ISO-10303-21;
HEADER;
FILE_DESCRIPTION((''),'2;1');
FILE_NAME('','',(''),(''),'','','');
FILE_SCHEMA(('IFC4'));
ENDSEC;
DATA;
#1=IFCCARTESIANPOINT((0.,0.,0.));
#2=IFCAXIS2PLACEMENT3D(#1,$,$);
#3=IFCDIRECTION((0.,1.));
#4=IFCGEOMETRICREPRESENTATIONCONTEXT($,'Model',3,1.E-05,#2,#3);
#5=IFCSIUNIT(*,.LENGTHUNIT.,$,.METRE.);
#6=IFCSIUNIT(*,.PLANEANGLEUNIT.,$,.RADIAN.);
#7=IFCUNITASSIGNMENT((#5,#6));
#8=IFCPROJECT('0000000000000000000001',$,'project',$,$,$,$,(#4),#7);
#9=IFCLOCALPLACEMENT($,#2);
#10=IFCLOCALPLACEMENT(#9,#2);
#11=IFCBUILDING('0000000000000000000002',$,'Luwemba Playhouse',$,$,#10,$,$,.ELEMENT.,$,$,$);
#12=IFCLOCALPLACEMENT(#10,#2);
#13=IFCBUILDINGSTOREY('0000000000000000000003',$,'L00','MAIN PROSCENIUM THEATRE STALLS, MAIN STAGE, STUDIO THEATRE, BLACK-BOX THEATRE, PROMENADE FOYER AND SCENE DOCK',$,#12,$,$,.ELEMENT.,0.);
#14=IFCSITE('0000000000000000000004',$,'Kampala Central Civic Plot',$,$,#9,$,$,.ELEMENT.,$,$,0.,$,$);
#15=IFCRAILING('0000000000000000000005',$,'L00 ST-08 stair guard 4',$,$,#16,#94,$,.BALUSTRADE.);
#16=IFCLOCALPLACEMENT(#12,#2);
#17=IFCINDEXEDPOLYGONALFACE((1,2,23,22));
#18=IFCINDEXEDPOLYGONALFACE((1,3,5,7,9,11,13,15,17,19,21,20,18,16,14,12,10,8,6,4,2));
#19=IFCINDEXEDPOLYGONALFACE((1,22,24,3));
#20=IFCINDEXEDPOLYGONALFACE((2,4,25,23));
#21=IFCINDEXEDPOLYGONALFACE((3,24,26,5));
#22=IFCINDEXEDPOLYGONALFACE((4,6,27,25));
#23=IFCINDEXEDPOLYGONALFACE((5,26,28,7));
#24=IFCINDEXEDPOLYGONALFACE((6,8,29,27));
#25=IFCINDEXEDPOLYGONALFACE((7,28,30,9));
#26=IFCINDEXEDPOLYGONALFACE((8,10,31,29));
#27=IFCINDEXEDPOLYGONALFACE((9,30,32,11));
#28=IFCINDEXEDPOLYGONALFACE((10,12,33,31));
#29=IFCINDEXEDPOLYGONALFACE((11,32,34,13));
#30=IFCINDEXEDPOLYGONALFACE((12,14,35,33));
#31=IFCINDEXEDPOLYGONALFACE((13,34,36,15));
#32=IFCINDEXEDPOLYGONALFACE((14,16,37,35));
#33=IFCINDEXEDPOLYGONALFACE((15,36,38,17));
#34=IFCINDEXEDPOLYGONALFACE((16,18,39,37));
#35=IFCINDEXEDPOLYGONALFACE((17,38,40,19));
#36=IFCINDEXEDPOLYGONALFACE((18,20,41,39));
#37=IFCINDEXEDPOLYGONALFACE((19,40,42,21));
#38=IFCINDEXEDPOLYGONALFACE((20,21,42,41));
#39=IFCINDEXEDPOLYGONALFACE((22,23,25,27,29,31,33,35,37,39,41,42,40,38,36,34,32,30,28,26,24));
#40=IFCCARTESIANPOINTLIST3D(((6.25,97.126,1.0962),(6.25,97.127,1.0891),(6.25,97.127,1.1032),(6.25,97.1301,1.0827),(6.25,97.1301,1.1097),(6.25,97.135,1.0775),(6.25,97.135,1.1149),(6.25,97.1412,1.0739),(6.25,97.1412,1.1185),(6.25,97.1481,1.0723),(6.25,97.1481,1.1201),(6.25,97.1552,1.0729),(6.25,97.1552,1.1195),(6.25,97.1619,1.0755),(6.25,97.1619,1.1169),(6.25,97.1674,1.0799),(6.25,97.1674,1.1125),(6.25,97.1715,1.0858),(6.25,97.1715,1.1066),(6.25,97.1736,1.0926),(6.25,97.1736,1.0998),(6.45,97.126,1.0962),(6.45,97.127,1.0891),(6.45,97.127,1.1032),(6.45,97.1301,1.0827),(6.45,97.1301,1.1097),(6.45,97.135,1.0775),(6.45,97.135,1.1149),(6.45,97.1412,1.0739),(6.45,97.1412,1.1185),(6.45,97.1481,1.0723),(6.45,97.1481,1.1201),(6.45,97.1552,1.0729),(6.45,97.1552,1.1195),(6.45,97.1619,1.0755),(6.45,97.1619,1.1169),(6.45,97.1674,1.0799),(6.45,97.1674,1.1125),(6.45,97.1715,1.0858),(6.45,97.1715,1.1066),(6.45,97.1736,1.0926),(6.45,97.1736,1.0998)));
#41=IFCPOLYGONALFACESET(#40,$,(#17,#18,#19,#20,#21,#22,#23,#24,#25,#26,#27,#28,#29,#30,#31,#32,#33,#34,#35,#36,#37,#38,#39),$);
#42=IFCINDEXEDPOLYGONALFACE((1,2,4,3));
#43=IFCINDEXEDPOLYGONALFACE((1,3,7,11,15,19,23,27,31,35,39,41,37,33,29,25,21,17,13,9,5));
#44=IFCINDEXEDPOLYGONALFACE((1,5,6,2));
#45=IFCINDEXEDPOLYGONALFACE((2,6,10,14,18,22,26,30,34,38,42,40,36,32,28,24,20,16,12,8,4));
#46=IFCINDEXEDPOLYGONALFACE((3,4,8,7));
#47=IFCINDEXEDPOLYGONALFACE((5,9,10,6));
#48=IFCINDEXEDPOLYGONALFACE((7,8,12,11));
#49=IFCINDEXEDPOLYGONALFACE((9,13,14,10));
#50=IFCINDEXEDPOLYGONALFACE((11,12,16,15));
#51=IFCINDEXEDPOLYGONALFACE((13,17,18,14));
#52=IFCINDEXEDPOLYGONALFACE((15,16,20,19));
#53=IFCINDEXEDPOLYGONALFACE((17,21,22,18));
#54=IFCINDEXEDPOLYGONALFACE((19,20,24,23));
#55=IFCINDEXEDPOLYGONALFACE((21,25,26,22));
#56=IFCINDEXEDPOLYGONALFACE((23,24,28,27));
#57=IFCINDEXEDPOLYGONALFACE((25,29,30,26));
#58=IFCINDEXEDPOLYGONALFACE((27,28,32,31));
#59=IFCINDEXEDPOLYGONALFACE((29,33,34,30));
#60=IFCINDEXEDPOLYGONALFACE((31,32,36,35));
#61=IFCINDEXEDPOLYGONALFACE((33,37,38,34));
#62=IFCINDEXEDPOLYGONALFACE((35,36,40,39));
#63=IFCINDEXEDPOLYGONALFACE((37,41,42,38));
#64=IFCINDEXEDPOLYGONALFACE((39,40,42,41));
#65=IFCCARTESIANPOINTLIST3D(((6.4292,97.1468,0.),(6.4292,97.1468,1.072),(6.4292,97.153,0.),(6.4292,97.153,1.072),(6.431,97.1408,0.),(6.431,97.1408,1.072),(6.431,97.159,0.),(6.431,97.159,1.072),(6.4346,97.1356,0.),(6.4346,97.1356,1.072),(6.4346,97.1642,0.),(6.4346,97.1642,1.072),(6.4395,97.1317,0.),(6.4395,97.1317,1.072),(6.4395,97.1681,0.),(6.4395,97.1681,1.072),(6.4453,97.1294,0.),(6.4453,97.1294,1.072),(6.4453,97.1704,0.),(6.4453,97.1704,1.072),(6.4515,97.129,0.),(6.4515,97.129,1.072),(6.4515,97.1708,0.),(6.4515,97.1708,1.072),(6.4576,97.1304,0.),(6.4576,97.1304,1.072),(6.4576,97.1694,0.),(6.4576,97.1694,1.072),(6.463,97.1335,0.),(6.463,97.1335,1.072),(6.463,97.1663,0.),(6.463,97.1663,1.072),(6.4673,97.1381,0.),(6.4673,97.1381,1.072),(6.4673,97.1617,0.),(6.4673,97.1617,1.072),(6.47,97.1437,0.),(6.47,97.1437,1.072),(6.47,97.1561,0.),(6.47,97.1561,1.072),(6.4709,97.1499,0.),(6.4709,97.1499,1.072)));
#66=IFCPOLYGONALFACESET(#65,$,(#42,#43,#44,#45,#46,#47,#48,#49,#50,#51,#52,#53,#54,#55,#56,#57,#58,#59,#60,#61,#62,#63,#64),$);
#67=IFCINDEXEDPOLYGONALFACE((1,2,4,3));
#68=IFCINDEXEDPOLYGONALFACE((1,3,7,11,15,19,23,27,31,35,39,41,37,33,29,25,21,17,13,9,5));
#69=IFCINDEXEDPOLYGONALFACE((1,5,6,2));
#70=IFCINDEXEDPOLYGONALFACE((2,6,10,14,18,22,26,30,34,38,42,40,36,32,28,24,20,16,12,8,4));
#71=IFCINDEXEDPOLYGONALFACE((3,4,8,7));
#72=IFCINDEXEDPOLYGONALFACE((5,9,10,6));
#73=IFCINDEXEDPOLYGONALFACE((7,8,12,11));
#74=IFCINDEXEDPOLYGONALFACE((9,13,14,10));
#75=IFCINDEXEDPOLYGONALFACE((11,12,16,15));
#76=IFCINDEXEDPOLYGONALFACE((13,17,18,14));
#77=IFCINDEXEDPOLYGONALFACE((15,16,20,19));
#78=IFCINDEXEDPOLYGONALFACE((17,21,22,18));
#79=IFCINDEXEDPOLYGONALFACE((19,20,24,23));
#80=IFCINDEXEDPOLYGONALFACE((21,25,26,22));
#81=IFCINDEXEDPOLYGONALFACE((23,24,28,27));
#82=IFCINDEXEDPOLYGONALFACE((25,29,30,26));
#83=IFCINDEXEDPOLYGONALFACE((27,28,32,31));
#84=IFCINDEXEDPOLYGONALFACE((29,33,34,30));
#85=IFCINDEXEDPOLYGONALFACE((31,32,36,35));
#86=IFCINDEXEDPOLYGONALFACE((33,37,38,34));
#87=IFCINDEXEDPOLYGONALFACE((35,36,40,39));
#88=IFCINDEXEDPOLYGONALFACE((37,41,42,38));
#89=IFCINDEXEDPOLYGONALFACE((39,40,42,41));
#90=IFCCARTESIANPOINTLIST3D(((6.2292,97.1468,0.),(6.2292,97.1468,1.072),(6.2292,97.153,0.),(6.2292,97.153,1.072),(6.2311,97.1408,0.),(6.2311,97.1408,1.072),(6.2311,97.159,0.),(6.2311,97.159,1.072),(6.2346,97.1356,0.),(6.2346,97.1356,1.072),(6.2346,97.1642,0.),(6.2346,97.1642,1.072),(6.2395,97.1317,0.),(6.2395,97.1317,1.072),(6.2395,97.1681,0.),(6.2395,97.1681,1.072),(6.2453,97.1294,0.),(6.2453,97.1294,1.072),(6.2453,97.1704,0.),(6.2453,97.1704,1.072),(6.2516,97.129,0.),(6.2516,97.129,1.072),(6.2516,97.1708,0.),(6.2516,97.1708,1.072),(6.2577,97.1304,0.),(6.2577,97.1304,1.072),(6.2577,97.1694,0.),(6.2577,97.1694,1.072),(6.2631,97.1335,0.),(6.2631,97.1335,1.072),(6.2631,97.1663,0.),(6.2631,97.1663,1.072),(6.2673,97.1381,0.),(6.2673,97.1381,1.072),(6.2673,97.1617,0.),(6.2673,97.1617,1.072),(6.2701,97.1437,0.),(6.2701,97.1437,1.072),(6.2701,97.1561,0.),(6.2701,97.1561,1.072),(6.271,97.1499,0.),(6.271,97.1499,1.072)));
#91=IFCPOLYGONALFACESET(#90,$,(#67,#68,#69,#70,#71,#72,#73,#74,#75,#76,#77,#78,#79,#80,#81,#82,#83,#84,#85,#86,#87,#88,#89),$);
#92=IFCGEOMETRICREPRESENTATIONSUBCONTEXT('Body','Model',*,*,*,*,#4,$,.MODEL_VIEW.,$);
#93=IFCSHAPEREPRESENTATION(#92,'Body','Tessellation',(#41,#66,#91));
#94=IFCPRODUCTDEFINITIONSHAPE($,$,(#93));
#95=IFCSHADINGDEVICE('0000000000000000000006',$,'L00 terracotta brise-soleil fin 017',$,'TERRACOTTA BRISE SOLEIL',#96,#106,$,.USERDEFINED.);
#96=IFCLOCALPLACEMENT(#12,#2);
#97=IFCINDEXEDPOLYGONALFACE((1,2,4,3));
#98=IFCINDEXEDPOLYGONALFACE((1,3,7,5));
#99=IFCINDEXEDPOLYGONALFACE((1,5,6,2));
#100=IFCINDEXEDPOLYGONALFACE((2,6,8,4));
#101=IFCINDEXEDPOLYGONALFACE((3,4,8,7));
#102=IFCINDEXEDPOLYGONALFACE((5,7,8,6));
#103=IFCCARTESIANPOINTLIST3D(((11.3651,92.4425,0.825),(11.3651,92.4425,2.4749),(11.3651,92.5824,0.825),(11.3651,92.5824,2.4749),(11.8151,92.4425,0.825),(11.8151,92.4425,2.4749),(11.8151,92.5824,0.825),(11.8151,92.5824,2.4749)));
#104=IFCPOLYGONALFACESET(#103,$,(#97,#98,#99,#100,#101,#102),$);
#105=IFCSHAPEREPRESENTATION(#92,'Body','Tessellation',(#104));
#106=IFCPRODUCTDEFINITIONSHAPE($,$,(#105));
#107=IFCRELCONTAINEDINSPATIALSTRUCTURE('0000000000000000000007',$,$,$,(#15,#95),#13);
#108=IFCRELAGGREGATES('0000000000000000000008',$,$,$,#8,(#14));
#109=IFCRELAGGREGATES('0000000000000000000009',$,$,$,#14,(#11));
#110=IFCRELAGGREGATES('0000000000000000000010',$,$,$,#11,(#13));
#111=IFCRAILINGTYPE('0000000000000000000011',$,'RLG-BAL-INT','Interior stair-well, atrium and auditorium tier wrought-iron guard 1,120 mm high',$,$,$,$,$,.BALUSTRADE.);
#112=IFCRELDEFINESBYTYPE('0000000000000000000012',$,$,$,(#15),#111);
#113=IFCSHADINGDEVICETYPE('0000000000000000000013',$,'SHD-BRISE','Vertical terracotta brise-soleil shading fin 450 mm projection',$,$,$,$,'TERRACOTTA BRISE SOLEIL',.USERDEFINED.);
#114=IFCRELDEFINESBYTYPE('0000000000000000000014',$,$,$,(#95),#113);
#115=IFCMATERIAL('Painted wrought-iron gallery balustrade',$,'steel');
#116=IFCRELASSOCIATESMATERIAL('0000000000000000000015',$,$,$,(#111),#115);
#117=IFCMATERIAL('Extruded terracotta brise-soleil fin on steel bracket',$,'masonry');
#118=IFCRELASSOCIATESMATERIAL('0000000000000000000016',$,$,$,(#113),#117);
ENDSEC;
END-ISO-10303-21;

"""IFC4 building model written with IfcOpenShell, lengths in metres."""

from ifc_helpers import new_model, si_unit, direction, frame, origin, origin_2d, place, context, subcontext, project, spatial, rectangle, circle, extrude, material, type_object, element, save


model = new_model("IFC4")

# Units and contexts
model_context = context("Model", 3, precision=1e-05, world=origin(), true_north=direction((0.0, 1.0)))
body_context = subcontext(model_context, "Body", "Model", "MODEL_VIEW")
ifc_project = project(units=[si_unit("LENGTHUNIT", "METRE"), si_unit("PLANEANGLEUNIT", "RADIAN")], contexts=[model_context])

# Site, building, storey
site_placement = place(None, origin())
site = spatial("IfcSite", under=ifc_project, at=site_placement, Name="Kampala Central Civic Plot", CompositionType="ELEMENT", RefElevation=0.0)
building_placement = place(site_placement, origin())
building = spatial("IfcBuilding", under=site, at=building_placement, Name="Luwemba Playhouse", CompositionType="ELEMENT")
storey_placement = place(building_placement, origin())
storey = spatial("IfcBuildingStorey", under=building, at=storey_placement, Name="L00", Description="MAIN PROSCENIUM THEATRE STALLS, MAIN STAGE, STUDIO THEATRE, BLACK-BOX THEATRE, PROMENADE FOYER AND SCENE DOCK", CompositionType="ELEMENT", Elevation=0.0)

# Railing
ifc_material_1 = material(Name="Painted wrought-iron gallery balustrade", Category="steel")
railing_type = type_object("IfcRailingType", Name="RLG-BAL-INT", Description="Interior stair-well, atrium and auditorium tier wrought-iron guard 1,120 mm high", PredefinedType="BALUSTRADE", material=ifc_material_1)
railing_placement = place(storey_placement, frame((6.45, 97.1499, 0.0)))
element("IfcRailing", 1, at=railing_placement, inside=storey, type_object=railing_type, Name="L00 ST-08 stair guard 4", PredefinedType="BALUSTRADE", context=body_context, shape_type="SweptSolid", body=[
    extrude(circle(Radius=0.0239, at=origin_2d()), frame((0.0, 0.0, 1.0962), z_axis=(-1.0, 0.0, 0.0), x_axis=(0.0, -1.0, 0.0)), (0.0, 0.0, 1.0), 0.2),
    extrude(circle(Radius=0.021, at=origin_2d()), origin(), (0.0, 0.0, 1.0), 1.072),
    extrude(circle(Radius=0.021, at=origin_2d()), frame((-0.2, 0.0, 0.0)), (0.0, 0.0, 1.0), 1.072),
])

# Shading device
ifc_material_2 = material(Name="Extruded terracotta brise-soleil fin on steel bracket", Category="masonry")
shading_device_type = type_object("IfcShadingDeviceType", Name="SHD-BRISE", Description="Vertical terracotta brise-soleil shading fin 450 mm projection", ElementType="TERRACOTTA BRISE SOLEIL", PredefinedType="USERDEFINED", material=ifc_material_2)
shading_device_placement = place(storey_placement, frame((11.5901, 92.5125, 0.825), z_axis=(0.0, 0.0, 1.0), x_axis=(0.0, 1.0, 0.0)))
element("IfcShadingDevice", 2, at=shading_device_placement, inside=storey, type_object=shading_device_type, Name="L00 terracotta brise-soleil fin 017", ObjectType="TERRACOTTA BRISE SOLEIL", PredefinedType="USERDEFINED", context=body_context, shape_type="SweptSolid", body=[
    extrude(rectangle(XDim=0.1399, YDim=0.45, at=origin_2d()), origin(), (0.0, 0.0, 1.0), 1.6499),
])

save(model, "model.ifc")
